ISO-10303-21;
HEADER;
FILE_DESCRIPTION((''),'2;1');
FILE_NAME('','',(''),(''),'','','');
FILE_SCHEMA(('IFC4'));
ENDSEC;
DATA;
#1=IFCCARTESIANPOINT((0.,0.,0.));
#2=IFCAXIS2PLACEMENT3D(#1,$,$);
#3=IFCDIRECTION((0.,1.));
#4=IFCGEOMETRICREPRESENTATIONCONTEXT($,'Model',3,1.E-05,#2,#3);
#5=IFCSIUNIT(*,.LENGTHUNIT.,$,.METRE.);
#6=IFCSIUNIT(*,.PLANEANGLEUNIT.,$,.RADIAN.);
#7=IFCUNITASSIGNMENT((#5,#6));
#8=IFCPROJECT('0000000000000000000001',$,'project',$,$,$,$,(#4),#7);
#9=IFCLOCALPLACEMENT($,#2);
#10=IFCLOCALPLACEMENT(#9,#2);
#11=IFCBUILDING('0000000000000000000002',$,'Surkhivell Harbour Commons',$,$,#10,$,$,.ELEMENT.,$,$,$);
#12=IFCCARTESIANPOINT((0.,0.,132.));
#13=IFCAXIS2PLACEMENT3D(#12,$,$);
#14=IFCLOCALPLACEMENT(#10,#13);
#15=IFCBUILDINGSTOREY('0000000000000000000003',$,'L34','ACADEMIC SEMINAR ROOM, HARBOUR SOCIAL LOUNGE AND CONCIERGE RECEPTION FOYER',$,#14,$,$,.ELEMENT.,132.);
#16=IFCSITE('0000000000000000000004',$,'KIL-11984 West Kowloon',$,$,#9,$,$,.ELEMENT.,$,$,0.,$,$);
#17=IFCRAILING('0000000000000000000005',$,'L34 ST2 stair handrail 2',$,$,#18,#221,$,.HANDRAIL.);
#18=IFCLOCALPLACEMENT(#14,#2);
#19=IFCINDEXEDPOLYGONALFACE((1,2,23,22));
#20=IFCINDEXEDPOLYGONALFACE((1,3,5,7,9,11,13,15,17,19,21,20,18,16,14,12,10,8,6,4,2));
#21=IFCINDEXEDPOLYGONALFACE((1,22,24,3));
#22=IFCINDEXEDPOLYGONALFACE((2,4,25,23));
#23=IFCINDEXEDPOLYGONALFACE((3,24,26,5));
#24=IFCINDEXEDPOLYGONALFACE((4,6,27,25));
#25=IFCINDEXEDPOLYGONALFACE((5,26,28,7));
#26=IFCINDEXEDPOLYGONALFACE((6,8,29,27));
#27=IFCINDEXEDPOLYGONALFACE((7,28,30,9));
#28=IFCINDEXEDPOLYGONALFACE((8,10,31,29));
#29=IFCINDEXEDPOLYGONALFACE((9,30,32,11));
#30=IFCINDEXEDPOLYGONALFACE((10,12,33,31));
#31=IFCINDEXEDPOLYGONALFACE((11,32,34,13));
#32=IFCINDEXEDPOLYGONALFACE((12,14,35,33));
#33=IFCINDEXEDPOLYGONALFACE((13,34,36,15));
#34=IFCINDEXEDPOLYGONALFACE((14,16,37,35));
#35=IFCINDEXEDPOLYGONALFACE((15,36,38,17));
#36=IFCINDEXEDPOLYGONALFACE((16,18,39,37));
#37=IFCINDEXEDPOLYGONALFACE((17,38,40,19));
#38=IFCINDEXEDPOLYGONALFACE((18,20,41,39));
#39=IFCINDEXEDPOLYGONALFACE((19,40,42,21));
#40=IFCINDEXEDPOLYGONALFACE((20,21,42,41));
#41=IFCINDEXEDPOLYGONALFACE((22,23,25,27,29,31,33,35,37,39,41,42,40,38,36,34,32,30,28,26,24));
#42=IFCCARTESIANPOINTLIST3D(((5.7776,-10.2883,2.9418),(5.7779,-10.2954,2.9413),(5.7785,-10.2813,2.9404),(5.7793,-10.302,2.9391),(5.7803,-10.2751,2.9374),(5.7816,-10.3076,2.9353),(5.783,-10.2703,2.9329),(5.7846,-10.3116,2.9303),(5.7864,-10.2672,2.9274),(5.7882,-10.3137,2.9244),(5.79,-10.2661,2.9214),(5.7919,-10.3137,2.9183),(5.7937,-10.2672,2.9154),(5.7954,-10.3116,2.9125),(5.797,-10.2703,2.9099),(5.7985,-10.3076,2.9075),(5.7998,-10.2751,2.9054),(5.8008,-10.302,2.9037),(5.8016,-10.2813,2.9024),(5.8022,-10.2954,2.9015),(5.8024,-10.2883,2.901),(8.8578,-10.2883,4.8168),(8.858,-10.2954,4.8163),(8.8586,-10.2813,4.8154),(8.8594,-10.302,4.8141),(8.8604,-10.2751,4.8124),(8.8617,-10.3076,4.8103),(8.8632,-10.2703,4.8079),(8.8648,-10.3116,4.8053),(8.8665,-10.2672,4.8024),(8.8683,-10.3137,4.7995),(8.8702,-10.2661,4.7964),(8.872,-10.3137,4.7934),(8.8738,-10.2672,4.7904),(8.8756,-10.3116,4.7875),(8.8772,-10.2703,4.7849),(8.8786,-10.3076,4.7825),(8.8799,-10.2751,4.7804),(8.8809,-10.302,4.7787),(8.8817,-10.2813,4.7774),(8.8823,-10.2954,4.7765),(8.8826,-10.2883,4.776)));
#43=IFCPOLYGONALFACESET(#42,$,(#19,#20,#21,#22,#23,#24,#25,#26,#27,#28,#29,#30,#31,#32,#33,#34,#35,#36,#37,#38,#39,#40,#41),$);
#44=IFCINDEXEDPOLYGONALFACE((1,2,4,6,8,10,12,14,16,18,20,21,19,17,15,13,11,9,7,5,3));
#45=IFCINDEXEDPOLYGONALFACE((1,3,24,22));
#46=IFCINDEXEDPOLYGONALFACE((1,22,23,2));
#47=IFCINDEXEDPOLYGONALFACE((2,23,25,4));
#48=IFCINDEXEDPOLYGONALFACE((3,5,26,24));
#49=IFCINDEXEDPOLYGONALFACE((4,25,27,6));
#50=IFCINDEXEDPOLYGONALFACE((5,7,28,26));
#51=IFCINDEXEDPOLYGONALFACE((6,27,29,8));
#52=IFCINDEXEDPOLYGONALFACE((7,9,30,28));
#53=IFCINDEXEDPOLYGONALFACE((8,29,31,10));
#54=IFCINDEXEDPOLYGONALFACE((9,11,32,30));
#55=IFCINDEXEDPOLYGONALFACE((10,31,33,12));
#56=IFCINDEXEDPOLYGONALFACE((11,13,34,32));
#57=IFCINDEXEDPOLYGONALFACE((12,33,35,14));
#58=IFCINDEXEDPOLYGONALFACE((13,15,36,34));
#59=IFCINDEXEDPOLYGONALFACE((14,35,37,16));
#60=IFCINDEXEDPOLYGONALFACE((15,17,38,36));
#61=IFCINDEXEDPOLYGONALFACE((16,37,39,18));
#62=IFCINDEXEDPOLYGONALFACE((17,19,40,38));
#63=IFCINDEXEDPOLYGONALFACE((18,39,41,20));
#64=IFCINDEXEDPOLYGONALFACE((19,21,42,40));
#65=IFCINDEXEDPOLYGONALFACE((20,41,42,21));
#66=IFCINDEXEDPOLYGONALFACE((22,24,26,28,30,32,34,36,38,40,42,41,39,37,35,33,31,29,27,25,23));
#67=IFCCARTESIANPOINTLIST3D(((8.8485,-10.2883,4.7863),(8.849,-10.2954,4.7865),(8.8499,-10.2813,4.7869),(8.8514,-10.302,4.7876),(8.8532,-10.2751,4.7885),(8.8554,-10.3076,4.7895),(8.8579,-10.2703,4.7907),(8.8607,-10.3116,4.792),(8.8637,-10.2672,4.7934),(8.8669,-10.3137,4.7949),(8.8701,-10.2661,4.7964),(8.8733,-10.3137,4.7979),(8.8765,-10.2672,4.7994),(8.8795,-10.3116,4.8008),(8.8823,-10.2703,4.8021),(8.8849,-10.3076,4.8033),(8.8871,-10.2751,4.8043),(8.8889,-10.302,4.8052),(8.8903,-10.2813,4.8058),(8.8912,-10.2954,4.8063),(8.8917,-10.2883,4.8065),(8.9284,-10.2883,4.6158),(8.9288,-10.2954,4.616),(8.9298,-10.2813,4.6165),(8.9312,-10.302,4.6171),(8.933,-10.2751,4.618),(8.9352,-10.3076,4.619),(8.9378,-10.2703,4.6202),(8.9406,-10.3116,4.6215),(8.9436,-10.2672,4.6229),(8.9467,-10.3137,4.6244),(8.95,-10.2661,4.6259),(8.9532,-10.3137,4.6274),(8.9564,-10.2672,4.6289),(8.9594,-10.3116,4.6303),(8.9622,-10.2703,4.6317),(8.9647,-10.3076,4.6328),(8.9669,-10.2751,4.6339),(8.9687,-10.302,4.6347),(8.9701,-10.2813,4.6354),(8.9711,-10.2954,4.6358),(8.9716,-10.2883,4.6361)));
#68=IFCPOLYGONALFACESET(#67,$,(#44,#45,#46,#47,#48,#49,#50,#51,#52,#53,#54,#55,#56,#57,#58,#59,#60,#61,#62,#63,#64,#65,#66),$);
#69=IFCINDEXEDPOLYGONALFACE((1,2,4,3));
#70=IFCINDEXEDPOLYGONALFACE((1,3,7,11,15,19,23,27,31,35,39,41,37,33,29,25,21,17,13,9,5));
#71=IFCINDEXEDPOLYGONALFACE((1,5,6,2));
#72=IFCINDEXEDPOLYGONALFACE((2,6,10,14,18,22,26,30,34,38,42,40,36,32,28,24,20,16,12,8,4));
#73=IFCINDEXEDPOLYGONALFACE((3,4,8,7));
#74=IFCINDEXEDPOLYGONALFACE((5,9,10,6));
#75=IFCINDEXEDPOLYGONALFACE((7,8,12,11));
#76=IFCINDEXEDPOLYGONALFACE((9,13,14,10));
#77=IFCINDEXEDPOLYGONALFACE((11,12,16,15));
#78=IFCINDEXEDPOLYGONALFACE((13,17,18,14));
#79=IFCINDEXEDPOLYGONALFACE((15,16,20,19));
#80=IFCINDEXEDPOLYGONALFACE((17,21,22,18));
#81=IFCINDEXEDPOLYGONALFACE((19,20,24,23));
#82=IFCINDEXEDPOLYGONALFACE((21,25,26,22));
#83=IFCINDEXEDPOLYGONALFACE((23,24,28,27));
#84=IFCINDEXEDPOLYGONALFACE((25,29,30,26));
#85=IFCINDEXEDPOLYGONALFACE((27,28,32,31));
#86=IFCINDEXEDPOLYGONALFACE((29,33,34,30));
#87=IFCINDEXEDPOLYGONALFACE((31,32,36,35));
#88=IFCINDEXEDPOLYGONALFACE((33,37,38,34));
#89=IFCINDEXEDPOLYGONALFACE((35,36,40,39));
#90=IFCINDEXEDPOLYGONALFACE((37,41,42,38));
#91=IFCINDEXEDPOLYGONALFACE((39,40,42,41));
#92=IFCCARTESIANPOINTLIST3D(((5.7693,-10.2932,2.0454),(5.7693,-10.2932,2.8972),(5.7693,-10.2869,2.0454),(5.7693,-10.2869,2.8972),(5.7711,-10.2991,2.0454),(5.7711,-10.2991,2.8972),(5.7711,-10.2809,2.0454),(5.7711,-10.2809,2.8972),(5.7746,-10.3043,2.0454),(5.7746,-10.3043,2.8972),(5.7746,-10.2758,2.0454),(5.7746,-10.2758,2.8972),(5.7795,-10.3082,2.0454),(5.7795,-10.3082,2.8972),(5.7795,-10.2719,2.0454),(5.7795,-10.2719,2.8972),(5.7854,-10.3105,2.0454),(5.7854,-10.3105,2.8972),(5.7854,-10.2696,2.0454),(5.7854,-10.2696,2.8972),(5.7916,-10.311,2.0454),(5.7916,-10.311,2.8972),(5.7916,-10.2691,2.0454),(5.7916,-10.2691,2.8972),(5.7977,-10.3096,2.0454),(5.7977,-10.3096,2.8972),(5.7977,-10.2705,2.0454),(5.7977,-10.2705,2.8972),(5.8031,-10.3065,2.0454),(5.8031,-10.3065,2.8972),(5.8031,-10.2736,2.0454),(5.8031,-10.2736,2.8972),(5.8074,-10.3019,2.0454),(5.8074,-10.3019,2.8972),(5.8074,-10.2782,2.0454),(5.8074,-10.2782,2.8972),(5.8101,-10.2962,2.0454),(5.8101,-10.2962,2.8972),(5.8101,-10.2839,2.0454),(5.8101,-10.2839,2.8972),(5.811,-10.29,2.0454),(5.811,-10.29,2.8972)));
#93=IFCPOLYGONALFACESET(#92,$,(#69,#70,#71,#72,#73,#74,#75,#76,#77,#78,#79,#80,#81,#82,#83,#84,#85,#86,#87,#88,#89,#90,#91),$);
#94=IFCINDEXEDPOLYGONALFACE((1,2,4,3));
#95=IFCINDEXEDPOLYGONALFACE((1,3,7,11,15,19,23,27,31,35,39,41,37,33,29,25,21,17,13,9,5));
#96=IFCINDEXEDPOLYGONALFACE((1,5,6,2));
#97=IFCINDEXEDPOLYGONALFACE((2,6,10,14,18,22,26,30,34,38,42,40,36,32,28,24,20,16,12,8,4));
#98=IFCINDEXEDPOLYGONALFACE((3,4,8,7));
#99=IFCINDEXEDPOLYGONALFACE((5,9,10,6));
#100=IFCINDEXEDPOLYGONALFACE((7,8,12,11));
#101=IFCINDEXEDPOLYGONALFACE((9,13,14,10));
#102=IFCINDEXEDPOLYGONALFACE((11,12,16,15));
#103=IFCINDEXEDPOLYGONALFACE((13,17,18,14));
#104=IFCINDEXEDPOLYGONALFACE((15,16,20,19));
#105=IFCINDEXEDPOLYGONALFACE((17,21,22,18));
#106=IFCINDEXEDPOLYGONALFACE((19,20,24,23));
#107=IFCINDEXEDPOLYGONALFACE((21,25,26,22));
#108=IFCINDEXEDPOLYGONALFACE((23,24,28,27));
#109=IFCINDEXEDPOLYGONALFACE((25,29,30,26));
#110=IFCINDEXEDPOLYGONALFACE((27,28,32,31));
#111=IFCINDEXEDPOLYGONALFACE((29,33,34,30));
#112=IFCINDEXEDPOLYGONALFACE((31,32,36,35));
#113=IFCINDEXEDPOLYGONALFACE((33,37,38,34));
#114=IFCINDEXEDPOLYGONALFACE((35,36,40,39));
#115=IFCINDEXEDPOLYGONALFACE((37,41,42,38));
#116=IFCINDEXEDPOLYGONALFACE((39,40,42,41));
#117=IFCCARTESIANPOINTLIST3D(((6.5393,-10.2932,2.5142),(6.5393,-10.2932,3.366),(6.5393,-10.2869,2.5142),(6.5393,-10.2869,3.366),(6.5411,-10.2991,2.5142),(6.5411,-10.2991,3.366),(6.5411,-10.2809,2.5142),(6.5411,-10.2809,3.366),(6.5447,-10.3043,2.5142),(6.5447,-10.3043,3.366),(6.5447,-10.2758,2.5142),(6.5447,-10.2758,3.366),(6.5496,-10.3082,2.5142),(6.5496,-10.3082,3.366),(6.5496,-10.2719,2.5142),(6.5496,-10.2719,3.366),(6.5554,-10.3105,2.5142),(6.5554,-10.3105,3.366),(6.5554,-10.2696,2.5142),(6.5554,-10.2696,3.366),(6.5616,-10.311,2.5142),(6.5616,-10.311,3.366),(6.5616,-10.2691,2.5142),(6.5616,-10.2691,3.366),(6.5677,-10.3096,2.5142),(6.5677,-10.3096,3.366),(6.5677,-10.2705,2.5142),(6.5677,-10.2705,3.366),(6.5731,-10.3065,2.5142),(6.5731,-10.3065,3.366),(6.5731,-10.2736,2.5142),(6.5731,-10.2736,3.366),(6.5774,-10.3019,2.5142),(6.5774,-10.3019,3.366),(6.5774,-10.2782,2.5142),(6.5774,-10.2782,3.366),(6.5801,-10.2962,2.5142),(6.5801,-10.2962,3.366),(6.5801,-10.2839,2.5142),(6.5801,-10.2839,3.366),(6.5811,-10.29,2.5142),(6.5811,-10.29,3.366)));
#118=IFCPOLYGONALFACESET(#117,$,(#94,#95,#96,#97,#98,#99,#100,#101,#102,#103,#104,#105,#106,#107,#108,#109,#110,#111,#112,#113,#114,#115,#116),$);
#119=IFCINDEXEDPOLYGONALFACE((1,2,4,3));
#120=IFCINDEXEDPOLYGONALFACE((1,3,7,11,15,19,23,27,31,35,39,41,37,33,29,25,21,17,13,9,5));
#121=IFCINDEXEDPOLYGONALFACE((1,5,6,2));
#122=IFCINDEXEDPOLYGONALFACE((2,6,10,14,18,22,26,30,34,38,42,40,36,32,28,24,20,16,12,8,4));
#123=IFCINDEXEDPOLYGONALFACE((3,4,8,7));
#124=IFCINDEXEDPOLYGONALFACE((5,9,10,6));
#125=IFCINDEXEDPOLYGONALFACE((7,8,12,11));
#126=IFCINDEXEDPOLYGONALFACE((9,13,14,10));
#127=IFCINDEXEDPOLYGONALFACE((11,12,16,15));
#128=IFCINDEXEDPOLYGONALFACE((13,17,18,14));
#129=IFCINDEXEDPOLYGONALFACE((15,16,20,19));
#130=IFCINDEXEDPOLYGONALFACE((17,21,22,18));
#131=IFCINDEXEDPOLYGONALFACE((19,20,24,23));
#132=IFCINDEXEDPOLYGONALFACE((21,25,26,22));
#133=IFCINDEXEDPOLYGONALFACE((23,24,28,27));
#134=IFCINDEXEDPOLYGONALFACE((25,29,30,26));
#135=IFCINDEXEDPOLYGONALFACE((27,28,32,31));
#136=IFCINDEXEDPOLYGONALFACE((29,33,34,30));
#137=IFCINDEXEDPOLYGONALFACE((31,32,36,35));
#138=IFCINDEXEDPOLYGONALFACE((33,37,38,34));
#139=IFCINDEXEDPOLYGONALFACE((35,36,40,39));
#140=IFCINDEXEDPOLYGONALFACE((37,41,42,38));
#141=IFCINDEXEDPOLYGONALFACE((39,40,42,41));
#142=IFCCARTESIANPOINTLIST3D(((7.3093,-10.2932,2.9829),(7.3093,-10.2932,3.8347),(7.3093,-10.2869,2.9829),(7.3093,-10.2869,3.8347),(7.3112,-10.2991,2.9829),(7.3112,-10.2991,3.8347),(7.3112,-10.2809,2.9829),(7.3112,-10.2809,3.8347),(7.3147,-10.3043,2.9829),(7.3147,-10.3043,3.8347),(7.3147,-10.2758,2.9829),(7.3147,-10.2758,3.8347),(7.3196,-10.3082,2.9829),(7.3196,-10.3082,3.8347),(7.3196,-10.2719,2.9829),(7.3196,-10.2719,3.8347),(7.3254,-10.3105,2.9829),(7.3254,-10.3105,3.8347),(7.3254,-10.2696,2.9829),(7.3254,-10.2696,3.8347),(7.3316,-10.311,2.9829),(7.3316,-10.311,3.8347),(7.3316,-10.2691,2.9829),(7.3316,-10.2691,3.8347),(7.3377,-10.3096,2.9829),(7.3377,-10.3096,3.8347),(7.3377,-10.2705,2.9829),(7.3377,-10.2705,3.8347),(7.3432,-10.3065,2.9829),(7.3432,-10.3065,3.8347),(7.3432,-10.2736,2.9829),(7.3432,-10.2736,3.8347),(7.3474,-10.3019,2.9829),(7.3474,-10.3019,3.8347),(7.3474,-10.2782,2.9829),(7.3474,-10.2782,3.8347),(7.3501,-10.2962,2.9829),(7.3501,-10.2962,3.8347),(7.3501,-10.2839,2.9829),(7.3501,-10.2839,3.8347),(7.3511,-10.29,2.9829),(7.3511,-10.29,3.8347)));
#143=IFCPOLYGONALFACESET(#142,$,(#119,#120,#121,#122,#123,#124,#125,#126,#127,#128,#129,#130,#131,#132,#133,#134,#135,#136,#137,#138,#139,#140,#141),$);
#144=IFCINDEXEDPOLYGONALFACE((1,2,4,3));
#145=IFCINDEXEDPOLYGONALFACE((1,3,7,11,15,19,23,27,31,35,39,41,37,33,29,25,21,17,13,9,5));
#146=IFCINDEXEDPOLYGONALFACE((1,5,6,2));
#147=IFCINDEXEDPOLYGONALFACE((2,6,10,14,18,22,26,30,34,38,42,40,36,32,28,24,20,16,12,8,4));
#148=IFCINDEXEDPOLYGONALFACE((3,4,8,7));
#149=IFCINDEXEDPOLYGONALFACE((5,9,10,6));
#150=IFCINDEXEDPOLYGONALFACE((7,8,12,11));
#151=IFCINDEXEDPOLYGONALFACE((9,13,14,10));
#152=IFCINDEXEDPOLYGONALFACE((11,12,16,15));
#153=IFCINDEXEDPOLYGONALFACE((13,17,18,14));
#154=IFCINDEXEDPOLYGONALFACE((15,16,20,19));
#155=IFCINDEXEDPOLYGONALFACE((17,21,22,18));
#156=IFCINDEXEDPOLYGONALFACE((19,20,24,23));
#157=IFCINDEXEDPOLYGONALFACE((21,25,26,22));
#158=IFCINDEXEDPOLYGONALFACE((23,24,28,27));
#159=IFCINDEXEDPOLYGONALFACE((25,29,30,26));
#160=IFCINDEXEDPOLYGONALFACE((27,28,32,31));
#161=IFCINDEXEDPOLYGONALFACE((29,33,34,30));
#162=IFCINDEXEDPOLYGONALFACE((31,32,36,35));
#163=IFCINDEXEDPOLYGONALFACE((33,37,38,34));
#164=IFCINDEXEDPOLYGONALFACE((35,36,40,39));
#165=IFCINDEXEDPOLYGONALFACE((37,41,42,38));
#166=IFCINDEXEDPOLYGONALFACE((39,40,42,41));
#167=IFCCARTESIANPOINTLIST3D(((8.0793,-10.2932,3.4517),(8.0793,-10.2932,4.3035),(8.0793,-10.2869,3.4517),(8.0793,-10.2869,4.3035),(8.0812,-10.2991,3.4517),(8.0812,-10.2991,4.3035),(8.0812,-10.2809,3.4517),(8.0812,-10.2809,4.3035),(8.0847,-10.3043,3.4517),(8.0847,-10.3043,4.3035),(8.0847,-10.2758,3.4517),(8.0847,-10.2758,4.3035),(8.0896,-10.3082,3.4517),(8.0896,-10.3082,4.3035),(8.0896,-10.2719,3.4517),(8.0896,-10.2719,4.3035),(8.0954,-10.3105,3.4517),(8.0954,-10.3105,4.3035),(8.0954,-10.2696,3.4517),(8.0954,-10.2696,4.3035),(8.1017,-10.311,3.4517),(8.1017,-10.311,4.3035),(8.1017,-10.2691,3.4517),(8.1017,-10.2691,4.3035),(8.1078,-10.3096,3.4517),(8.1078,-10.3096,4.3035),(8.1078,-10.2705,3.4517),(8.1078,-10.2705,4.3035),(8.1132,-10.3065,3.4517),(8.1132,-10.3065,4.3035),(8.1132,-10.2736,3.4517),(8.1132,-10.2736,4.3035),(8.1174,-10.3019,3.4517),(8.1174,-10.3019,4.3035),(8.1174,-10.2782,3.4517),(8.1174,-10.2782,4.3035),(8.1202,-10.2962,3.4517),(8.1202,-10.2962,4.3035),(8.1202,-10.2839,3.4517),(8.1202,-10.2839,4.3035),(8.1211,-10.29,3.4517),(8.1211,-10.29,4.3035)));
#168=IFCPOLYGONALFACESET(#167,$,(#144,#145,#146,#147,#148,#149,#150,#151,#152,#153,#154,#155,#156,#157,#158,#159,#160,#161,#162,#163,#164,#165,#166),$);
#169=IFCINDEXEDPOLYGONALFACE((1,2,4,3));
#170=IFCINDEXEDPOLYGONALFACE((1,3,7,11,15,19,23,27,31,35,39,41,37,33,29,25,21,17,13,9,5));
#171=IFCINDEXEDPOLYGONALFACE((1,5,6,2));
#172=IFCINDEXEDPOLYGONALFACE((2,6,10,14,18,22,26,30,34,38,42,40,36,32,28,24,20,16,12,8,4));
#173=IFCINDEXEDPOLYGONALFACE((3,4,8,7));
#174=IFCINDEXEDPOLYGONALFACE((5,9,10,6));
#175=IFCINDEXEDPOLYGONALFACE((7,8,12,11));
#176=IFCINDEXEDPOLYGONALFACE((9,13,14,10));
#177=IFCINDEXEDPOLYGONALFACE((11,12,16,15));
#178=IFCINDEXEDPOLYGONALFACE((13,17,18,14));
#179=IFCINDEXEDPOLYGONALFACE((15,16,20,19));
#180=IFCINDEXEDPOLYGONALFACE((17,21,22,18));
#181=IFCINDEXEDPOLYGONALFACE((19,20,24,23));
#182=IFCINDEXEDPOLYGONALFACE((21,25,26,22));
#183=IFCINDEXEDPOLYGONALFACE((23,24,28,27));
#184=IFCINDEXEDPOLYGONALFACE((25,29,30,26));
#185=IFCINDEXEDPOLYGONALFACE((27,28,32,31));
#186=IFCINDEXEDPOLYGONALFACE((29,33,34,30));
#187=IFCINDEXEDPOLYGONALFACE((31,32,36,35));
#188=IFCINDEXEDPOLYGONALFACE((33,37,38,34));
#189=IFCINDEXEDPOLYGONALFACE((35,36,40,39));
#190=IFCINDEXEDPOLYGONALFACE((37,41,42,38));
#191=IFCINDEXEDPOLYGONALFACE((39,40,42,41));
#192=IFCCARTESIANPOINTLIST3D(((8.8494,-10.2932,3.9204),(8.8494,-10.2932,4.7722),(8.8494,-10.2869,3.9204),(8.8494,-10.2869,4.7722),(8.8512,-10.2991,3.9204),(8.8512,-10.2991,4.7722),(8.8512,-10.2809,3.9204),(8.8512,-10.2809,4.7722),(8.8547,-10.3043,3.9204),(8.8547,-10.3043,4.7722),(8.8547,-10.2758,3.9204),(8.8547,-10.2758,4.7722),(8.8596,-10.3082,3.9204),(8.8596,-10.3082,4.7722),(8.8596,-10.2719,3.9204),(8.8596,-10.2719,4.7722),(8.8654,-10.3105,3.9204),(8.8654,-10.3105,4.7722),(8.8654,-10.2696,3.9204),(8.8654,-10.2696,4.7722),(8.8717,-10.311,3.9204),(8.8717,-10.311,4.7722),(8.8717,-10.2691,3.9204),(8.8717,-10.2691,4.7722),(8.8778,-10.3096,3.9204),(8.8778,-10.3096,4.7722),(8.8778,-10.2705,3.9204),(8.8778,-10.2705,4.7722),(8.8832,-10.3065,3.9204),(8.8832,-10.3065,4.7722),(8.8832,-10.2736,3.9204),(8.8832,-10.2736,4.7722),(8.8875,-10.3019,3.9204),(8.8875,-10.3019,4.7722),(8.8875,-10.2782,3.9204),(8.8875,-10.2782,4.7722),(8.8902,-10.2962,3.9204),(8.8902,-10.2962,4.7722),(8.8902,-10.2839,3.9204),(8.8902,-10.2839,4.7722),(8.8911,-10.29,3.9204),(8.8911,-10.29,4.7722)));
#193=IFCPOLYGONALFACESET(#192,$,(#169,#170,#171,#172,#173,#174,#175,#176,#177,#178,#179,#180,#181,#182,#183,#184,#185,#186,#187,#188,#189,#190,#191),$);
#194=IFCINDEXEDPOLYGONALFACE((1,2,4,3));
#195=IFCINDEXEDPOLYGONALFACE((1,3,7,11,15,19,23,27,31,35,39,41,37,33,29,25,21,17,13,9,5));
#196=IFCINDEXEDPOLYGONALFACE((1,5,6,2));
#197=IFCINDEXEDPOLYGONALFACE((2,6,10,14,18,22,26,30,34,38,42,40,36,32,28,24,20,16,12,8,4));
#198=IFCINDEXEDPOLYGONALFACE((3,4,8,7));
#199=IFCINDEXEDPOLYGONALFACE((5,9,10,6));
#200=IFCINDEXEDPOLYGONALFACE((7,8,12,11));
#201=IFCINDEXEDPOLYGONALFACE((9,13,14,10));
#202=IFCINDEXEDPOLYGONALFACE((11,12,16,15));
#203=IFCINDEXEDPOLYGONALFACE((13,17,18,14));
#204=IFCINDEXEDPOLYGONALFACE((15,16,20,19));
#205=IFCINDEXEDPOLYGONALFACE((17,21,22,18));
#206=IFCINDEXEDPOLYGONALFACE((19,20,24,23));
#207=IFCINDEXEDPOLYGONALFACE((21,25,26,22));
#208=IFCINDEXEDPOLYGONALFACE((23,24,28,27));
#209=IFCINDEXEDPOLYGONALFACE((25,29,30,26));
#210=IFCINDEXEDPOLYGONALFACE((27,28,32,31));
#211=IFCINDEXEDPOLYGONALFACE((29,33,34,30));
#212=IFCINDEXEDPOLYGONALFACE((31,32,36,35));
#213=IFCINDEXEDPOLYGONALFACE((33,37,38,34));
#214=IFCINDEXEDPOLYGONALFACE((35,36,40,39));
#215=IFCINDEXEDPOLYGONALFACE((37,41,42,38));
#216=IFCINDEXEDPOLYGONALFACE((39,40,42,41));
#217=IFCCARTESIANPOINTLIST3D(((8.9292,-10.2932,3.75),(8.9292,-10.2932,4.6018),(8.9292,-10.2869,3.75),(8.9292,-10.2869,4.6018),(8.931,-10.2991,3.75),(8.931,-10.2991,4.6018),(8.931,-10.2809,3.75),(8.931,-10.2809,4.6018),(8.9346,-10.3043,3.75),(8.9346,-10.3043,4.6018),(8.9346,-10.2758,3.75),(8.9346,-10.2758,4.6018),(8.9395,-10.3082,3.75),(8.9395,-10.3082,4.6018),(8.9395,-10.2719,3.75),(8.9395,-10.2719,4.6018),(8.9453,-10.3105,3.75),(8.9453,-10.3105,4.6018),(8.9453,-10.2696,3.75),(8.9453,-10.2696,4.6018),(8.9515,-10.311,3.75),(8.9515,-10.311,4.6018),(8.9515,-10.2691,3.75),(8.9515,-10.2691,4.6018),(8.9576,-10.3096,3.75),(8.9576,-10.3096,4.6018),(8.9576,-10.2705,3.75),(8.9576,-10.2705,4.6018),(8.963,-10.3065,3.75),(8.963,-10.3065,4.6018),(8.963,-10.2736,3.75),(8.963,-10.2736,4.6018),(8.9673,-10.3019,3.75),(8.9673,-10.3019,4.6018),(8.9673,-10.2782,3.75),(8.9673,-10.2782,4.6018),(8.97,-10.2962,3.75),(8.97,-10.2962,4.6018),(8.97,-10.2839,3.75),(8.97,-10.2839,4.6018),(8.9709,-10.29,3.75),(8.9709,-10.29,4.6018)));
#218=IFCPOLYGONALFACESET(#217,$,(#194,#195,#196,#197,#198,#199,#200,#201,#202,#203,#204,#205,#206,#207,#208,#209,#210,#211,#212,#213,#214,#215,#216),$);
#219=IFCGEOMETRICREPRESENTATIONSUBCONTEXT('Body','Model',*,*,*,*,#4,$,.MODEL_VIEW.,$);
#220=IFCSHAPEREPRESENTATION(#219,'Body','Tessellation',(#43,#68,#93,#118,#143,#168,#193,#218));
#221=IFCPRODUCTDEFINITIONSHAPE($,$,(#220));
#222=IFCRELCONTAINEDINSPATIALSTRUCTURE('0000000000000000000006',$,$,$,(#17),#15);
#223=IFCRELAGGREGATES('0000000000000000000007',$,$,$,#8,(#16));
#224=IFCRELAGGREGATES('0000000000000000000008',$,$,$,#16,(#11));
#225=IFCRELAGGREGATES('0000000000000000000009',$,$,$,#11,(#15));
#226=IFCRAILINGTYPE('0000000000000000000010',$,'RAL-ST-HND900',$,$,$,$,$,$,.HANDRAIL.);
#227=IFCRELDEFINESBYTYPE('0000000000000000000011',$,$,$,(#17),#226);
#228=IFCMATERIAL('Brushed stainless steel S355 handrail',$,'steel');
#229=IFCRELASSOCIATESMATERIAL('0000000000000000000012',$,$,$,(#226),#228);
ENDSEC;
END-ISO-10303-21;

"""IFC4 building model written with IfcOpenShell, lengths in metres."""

from ifc_helpers import new_model, si_unit, direction, frame, origin, origin_2d, place, context, subcontext, project, spatial, circle, extrude, material, type_object, element, save


model = new_model("IFC4")

# Units and contexts
model_context = context("Model", 3, precision=1e-05, world=origin(), true_north=direction((0.0, 1.0)))
body_context = subcontext(model_context, "Body", "Model", "MODEL_VIEW")
ifc_project = project(units=[si_unit("LENGTHUNIT", "METRE"), si_unit("PLANEANGLEUNIT", "RADIAN")], contexts=[model_context])

# Site, building, storey
site_placement = place(None, origin())
site = spatial("IfcSite", under=ifc_project, at=site_placement, Name="KIL-11984 West Kowloon", CompositionType="ELEMENT", RefElevation=0.0)
building_placement = place(site_placement, origin())
building = spatial("IfcBuilding", under=site, at=building_placement, Name="Surkhivell Harbour Commons", CompositionType="ELEMENT")
storey_placement = place(building_placement, frame((0.0, 0.0, 132.0)))
storey = spatial("IfcBuildingStorey", under=building, at=storey_placement, Name="L34", Description="ACADEMIC SEMINAR ROOM, HARBOUR SOCIAL LOUNGE AND CONCIERGE RECEPTION FOYER", CompositionType="ELEMENT", Elevation=132.0)

# Railing
ifc_material_1 = material(Name="Brushed stainless steel S355 handrail", Category="steel")
railing_type_1 = type_object("IfcRailingType", Name="RAL-ST-HND900", PredefinedType="HANDRAIL", material=ifc_material_1)
railing_1_placement = place(storey_placement, frame((5.79, -10.29, 2.0454)))
element("IfcRailing", 1, at=railing_1_placement, inside=storey, type_object=railing_type_1, Name="L34 ST2 stair handrail 2", PredefinedType="HANDRAIL", context=body_context, shape_type="SweptSolid", body=[
    extrude(circle(Radius=0.0239, at=origin_2d()), frame((0.0, 0.0, 0.876), z_axis=(0.854178, 0.0, 0.519981), x_axis=(0.0, 1.0, 0.0)), (0.0, 0.0, 1.0), 3.606),
    extrude(circle(Radius=0.0239, at=origin_2d()), frame((3.0801, 0.0, 2.751), z_axis=(0.424234, 0.0, -0.905552), x_axis=(0.0, 1.0, 0.0)), (0.0, 0.0, 1.0), 0.1882),
    extrude(circle(Radius=0.021, at=origin_2d()), origin(), (0.0, 0.0, 1.0), 0.8518),
    extrude(circle(Radius=0.021, at=origin_2d()), frame((0.77, 0.0, 0.4688)), (0.0, 0.0, 1.0), 0.8518),
    extrude(circle(Radius=0.021, at=origin_2d()), frame((1.54, 0.0, 0.9375)), (0.0, 0.0, 1.0), 0.8518),
    extrude(circle(Radius=0.021, at=origin_2d()), frame((2.3101, 0.0, 1.4062)), (0.0, 0.0, 1.0), 0.8518),
    extrude(circle(Radius=0.021, at=origin_2d()), frame((3.0801, 0.0, 1.875)), (0.0, 0.0, 1.0), 0.8518),
    extrude(circle(Radius=0.021, at=origin_2d()), frame((3.1599, 0.0, 1.7046)), (0.0, 0.0, 1.0), 0.8518),
])

save(model, "model.ifc")
